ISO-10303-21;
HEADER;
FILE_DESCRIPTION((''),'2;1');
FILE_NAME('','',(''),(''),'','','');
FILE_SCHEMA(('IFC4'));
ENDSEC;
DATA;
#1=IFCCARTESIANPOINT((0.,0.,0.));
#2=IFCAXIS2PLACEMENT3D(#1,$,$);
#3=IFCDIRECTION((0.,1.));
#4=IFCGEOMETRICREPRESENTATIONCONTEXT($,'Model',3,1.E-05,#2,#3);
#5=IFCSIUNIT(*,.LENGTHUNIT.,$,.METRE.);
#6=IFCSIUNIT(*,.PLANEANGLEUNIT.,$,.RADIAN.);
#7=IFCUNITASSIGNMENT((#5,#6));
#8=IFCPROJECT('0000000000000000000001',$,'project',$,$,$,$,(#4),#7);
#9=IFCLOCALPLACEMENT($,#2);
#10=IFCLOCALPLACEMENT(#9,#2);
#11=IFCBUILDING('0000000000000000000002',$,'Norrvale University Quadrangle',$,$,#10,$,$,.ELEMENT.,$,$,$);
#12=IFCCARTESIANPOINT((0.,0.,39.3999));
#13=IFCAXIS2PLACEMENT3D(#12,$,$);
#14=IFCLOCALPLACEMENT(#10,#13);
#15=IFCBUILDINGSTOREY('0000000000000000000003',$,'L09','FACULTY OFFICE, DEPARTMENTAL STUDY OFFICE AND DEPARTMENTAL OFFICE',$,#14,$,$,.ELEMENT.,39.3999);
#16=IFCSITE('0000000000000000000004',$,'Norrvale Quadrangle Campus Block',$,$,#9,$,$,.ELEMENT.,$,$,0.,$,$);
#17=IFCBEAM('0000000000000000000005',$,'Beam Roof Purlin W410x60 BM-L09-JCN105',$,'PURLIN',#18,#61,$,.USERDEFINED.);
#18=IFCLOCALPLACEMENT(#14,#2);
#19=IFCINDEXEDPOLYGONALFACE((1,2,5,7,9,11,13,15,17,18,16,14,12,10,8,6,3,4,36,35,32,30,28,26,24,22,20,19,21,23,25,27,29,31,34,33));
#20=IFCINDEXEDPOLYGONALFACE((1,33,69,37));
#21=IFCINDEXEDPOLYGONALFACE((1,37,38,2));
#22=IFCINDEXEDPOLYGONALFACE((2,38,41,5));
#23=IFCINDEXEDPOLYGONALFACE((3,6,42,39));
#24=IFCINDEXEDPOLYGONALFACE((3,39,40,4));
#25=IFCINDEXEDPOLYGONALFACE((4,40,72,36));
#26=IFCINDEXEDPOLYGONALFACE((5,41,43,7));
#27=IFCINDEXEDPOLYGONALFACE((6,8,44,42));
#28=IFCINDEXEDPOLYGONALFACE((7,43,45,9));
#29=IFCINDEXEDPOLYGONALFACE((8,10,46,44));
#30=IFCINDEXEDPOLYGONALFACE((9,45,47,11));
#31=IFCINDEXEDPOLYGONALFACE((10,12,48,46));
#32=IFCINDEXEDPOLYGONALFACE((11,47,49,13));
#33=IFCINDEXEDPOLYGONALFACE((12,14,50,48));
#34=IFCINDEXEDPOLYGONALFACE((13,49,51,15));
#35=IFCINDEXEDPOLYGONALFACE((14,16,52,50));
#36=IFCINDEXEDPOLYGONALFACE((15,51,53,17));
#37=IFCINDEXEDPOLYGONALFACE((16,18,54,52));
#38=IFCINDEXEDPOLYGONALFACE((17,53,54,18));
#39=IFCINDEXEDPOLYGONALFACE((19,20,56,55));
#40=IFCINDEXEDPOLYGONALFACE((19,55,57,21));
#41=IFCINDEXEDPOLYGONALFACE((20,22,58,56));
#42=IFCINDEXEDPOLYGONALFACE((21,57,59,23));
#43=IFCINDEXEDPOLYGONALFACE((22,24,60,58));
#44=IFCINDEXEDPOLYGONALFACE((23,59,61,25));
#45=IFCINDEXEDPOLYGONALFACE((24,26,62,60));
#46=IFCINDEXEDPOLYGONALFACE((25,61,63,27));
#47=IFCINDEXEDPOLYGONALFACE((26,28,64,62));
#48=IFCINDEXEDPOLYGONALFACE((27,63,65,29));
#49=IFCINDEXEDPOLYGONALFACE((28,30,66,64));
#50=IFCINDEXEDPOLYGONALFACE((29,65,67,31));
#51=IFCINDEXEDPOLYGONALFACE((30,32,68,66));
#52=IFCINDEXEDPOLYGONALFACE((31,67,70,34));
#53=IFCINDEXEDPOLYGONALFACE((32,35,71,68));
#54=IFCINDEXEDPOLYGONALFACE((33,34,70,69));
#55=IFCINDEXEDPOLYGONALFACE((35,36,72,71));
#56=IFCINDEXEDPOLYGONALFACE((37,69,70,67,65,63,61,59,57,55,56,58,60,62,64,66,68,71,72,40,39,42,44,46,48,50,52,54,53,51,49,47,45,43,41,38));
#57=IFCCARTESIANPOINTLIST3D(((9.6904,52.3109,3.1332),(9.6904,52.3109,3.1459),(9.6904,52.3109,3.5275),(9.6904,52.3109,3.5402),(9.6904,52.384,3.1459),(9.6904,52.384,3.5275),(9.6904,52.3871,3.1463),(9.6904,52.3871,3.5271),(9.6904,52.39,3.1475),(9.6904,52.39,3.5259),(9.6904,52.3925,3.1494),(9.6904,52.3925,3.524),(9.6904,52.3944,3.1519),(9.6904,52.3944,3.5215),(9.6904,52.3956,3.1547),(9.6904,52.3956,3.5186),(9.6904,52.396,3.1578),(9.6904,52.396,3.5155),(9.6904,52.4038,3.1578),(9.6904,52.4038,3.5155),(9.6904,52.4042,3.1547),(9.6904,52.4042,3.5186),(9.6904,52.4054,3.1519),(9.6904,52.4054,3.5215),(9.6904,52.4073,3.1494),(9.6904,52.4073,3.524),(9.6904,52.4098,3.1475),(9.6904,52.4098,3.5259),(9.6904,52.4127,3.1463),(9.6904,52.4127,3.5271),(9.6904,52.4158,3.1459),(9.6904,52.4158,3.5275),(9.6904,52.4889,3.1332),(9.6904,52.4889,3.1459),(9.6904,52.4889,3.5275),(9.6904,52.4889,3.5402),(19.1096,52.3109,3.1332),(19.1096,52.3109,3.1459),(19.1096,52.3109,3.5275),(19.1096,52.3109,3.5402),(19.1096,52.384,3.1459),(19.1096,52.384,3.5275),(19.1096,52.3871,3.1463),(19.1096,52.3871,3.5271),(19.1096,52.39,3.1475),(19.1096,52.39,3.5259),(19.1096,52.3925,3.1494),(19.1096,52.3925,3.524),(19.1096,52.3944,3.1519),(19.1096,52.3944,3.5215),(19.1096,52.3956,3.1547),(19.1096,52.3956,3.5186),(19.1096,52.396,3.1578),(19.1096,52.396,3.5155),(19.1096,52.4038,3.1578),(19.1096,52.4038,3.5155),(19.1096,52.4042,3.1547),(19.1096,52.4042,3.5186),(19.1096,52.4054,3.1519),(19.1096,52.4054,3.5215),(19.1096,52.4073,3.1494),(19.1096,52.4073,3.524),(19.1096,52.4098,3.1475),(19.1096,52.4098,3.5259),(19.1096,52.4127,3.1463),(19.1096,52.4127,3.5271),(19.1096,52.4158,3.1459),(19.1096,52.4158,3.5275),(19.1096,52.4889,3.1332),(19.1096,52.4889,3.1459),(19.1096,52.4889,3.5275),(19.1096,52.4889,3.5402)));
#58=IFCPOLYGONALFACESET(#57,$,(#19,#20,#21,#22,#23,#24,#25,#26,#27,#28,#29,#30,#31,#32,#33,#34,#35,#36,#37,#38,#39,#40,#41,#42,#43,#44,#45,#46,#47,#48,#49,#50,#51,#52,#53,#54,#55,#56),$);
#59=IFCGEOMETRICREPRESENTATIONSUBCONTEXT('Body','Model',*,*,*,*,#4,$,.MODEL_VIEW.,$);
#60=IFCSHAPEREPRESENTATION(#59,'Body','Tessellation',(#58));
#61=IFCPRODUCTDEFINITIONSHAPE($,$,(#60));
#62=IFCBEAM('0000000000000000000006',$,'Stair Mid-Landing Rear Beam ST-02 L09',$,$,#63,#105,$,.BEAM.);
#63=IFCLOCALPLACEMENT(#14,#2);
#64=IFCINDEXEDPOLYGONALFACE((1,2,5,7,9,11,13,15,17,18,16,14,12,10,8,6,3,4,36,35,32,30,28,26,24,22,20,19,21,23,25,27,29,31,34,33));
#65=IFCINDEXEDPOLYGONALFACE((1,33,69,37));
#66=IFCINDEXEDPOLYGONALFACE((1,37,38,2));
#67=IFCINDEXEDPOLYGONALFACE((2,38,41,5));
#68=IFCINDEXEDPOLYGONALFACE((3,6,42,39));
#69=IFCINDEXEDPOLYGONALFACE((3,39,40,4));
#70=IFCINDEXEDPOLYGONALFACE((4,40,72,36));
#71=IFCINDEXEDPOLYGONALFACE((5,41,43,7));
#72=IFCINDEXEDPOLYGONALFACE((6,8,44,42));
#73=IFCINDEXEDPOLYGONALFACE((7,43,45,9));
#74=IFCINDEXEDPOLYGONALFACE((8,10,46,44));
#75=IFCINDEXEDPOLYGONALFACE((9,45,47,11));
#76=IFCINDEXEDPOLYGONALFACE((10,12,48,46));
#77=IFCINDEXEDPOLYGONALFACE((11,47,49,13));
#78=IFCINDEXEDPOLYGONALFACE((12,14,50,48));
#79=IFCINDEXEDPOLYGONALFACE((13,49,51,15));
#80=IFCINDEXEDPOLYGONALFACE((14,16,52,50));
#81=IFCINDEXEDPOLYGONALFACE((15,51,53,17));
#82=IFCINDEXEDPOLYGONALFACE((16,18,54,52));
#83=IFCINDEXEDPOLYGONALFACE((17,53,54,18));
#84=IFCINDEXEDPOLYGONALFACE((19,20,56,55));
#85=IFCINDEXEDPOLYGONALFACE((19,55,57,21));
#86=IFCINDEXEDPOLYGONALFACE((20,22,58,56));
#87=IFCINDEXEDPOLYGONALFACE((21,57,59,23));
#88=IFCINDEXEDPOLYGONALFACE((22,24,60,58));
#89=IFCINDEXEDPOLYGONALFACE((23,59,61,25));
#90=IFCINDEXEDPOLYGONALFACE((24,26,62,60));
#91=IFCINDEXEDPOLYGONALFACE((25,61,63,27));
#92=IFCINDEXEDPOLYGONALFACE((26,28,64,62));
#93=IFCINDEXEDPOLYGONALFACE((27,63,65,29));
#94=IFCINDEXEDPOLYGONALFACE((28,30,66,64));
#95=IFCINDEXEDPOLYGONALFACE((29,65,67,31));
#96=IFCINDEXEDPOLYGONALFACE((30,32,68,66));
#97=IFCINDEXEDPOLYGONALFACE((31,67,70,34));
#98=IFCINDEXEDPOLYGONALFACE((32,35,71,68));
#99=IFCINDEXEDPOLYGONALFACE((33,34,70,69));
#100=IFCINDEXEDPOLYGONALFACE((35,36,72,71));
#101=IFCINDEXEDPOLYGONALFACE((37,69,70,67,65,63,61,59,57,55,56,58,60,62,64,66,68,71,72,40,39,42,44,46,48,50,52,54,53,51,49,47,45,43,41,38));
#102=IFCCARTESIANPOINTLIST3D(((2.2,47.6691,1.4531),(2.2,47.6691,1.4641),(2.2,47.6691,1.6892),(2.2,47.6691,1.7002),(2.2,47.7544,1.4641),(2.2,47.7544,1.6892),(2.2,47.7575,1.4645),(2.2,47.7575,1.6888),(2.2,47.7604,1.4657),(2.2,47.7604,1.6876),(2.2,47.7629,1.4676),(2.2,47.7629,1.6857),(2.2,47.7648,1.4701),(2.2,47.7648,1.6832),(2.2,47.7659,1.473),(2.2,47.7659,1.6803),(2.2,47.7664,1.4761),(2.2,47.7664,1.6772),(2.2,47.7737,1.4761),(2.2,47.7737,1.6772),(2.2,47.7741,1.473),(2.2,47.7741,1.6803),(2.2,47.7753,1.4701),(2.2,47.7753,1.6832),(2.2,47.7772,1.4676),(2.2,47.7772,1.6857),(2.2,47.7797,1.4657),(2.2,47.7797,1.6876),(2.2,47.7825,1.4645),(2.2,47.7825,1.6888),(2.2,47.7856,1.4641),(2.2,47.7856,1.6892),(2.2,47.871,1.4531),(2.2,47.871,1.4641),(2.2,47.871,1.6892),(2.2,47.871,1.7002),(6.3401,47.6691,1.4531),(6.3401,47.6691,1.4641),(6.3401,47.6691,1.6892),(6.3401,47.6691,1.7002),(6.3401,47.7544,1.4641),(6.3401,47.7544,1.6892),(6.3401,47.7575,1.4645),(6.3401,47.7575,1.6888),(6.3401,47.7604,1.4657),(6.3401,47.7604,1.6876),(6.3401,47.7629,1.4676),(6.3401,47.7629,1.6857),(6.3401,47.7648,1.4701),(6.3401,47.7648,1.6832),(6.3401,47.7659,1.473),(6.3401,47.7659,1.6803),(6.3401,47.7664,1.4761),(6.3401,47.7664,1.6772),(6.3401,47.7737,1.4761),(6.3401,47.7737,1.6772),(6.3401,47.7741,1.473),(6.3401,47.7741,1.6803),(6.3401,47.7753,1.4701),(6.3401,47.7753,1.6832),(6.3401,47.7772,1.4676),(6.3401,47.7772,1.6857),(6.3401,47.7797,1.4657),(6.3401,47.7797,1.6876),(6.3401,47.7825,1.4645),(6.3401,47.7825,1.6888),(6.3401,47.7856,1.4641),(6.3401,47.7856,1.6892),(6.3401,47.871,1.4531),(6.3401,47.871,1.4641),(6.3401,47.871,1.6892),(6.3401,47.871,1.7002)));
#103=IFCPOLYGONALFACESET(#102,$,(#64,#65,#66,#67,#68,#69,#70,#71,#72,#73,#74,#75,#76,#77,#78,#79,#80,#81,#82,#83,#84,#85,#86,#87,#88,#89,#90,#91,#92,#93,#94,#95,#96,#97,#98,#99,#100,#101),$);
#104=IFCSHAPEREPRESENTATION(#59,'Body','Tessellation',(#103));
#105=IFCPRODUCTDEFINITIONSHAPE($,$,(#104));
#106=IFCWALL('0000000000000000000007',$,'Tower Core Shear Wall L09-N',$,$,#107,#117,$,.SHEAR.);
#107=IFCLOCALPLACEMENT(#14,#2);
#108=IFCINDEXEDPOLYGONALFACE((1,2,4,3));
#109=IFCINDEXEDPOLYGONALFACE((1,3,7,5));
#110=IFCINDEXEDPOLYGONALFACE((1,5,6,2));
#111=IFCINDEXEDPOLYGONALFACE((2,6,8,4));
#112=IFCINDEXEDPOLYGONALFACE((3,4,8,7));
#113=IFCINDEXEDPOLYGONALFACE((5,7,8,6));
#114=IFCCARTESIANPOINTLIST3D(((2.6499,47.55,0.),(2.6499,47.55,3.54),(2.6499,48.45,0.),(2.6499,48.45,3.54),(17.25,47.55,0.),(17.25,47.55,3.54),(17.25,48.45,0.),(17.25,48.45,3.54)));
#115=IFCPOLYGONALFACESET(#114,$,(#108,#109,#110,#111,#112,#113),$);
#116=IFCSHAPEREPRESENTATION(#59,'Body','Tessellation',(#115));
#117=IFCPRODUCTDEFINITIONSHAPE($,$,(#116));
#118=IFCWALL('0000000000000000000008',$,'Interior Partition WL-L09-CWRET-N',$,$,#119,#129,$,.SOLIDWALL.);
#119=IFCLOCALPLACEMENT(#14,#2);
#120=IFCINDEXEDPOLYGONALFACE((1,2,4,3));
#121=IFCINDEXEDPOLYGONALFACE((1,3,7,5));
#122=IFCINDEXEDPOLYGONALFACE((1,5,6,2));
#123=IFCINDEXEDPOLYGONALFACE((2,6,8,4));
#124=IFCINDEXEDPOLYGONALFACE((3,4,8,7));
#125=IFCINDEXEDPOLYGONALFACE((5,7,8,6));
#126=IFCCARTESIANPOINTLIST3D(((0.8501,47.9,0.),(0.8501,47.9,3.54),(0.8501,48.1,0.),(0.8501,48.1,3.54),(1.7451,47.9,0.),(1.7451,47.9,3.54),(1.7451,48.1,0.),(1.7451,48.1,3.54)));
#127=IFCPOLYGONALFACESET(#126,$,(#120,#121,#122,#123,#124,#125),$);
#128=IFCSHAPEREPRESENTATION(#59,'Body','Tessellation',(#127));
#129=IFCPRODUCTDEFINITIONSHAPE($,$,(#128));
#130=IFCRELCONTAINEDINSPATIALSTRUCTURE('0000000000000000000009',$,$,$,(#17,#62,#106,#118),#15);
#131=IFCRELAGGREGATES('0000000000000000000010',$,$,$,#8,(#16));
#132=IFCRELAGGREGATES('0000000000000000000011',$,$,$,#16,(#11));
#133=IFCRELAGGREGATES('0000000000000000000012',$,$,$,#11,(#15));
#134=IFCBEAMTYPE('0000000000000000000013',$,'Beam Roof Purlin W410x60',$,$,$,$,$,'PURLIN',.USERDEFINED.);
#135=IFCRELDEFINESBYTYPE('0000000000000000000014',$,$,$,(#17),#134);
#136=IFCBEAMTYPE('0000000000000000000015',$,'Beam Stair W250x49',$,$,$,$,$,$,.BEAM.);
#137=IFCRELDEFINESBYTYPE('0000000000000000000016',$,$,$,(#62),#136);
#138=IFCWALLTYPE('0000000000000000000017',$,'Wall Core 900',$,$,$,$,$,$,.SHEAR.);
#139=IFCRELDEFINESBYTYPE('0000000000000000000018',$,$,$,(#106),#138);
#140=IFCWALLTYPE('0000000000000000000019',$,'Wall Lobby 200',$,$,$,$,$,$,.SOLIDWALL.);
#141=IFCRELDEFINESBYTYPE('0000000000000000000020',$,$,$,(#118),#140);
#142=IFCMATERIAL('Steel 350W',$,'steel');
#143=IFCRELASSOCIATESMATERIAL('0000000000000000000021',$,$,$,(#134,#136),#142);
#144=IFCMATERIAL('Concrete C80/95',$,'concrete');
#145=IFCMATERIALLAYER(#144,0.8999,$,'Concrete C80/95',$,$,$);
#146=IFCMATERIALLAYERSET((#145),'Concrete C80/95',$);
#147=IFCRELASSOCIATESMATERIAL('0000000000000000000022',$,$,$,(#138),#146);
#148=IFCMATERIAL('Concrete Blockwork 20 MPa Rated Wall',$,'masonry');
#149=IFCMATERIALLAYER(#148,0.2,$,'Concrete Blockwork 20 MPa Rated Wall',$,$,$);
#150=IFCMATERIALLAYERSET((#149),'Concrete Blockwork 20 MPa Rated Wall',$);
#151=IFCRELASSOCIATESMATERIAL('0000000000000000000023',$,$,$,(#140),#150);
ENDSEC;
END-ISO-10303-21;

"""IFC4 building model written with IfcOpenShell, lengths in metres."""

from ifc_helpers import new_model, si_unit, direction, frame, frame_2d, origin, origin_2d, place, context, subcontext, project, spatial, rectangle, i_section, extrude, material, layer, layer_set, material_profile, profile_set, type_object, element, save


model = new_model("IFC4")

# Units and contexts
model_context = context("Model", 3, precision=1e-05, world=origin(), true_north=direction((0.0, 1.0)))
body_context = subcontext(model_context, "Body", "Model", "MODEL_VIEW")
ifc_project = project(units=[si_unit("LENGTHUNIT", "METRE"), si_unit("PLANEANGLEUNIT", "RADIAN")], contexts=[model_context])

# Site, building, storey
site_placement = place(None, origin())
site = spatial("IfcSite", under=ifc_project, at=site_placement, Name="Norrvale Quadrangle Campus Block", CompositionType="ELEMENT", RefElevation=0.0)
building_placement = place(site_placement, origin())
building = spatial("IfcBuilding", under=site, at=building_placement, Name="Norrvale University Quadrangle", CompositionType="ELEMENT")
storey_placement = place(building_placement, frame((0.0, 0.0, 39.3999)))
storey = spatial("IfcBuildingStorey", under=building, at=storey_placement, Name="L09", Description="FACULTY OFFICE, DEPARTMENTAL STUDY OFFICE AND DEPARTMENTAL OFFICE", CompositionType="ELEMENT", Elevation=39.3999)

# Shared definitions
ifc_material_1 = material(Name="Concrete C80/95", Category="concrete")

# Beams
ifc_material_2 = material(Name="Steel 350W", Category="steel")
ifc_material_profile_1 = material_profile(ifc_material_2, i_section(OverallWidth=0.178, OverallDepth=0.407, WebThickness=0.0078, FlangeThickness=0.0127, FilletRadius=0.012, at=origin_2d()), Name="Steel 350W")
ifc_profile_set_1 = profile_set([ifc_material_profile_1], Name="Steel 350W")
beam_type_1 = type_object("IfcBeamType", Name="Beam Roof Purlin W410x60", ElementType="PURLIN", PredefinedType="USERDEFINED", material=ifc_profile_set_1)
beam_1_placement = place(storey_placement, frame((9.6904, 52.3999, 3.3367), z_axis=(1.0, 0.0, 0.0), x_axis=(0.0, 1.0, 0.0)))
element("IfcBeam", 1, at=beam_1_placement, inside=storey, type_object=beam_type_1, Name="Beam Roof Purlin W410x60 BM-L09-JCN105", ObjectType="PURLIN", PredefinedType="USERDEFINED", context=body_context, shape_type="SweptSolid", body=[
    extrude(i_section(OverallWidth=0.178, OverallDepth=0.407, WebThickness=0.0078, FlangeThickness=0.0127, FilletRadius=0.012, at=origin_2d()), origin(), (0.0, 0.0, 1.0), 9.4192),
])
ifc_material_profile_2 = material_profile(ifc_material_2, i_section(OverallWidth=0.2019, OverallDepth=0.2471, WebThickness=0.0073, FlangeThickness=0.011, FilletRadius=0.012, at=origin_2d()), Name="Steel 350W")
ifc_profile_set_2 = profile_set([ifc_material_profile_2], Name="Steel 350W")
beam_type_2 = type_object("IfcBeamType", Name="Beam Stair W250x49", PredefinedType="BEAM", material=ifc_profile_set_2)
beam_2_placement = place(storey_placement, frame((2.2, 47.77, 1.5767), z_axis=(1.0, 0.0, 0.0), x_axis=(0.0, 1.0, 0.0)))
element("IfcBeam", 2, at=beam_2_placement, inside=storey, type_object=beam_type_2, Name="Stair Mid-Landing Rear Beam ST-02 L09", PredefinedType="BEAM", context=body_context, shape_type="SweptSolid", body=[
    extrude(i_section(OverallWidth=0.2019, OverallDepth=0.2471, WebThickness=0.0073, FlangeThickness=0.011, FilletRadius=0.012, at=origin_2d()), origin(), (0.0, 0.0, 1.0), 4.1401),
])

# Wall
ifc_layer_1 = layer(ifc_material_1, 0.8999, Name="Concrete C80/95")
ifc_layer_set_1 = layer_set([ifc_layer_1], Name="Concrete C80/95")
wall_type_1 = type_object("IfcWallType", Name="Wall Core 900", PredefinedType="SHEAR", material=ifc_layer_set_1)
wall_1_placement = place(storey_placement, frame((2.6499, 48.0, 0.0), z_axis=(0.0, 0.0, 1.0), x_axis=(1.0, 0.0, 0.0)))
element("IfcWall", 3, at=wall_1_placement, inside=storey, type_object=wall_type_1, Name="Tower Core Shear Wall L09-N", PredefinedType="SHEAR", context=body_context, shape_type="SweptSolid", body=[
    extrude(rectangle(XDim=14.6001, YDim=0.8999, at=frame_2d((7.3, 0.0))), origin(), (0.0, 0.0, 1.0), 3.54),
])

# Wall
ifc_material_3 = material(Name="Concrete Blockwork 20 MPa Rated Wall", Category="masonry")
ifc_layer_2 = layer(ifc_material_3, 0.2, Name="Concrete Blockwork 20 MPa Rated Wall")
ifc_layer_set_2 = layer_set([ifc_layer_2], Name="Concrete Blockwork 20 MPa Rated Wall")
wall_type_2 = type_object("IfcWallType", Name="Wall Lobby 200", PredefinedType="SOLIDWALL", material=ifc_layer_set_2)
wall_2_placement = place(storey_placement, frame((0.8501, 48.0, 0.0), z_axis=(0.0, 0.0, 1.0), x_axis=(1.0, 0.0, 0.0)))
element("IfcWall", 4, at=wall_2_placement, inside=storey, type_object=wall_type_2, Name="Interior Partition WL-L09-CWRET-N", PredefinedType="SOLIDWALL", context=body_context, shape_type="SweptSolid", body=[
    extrude(rectangle(XDim=0.895, YDim=0.2, at=frame_2d((0.4475, 0.0))), origin(), (0.0, 0.0, 1.0), 3.54),
])

save(model, "model.ifc")
